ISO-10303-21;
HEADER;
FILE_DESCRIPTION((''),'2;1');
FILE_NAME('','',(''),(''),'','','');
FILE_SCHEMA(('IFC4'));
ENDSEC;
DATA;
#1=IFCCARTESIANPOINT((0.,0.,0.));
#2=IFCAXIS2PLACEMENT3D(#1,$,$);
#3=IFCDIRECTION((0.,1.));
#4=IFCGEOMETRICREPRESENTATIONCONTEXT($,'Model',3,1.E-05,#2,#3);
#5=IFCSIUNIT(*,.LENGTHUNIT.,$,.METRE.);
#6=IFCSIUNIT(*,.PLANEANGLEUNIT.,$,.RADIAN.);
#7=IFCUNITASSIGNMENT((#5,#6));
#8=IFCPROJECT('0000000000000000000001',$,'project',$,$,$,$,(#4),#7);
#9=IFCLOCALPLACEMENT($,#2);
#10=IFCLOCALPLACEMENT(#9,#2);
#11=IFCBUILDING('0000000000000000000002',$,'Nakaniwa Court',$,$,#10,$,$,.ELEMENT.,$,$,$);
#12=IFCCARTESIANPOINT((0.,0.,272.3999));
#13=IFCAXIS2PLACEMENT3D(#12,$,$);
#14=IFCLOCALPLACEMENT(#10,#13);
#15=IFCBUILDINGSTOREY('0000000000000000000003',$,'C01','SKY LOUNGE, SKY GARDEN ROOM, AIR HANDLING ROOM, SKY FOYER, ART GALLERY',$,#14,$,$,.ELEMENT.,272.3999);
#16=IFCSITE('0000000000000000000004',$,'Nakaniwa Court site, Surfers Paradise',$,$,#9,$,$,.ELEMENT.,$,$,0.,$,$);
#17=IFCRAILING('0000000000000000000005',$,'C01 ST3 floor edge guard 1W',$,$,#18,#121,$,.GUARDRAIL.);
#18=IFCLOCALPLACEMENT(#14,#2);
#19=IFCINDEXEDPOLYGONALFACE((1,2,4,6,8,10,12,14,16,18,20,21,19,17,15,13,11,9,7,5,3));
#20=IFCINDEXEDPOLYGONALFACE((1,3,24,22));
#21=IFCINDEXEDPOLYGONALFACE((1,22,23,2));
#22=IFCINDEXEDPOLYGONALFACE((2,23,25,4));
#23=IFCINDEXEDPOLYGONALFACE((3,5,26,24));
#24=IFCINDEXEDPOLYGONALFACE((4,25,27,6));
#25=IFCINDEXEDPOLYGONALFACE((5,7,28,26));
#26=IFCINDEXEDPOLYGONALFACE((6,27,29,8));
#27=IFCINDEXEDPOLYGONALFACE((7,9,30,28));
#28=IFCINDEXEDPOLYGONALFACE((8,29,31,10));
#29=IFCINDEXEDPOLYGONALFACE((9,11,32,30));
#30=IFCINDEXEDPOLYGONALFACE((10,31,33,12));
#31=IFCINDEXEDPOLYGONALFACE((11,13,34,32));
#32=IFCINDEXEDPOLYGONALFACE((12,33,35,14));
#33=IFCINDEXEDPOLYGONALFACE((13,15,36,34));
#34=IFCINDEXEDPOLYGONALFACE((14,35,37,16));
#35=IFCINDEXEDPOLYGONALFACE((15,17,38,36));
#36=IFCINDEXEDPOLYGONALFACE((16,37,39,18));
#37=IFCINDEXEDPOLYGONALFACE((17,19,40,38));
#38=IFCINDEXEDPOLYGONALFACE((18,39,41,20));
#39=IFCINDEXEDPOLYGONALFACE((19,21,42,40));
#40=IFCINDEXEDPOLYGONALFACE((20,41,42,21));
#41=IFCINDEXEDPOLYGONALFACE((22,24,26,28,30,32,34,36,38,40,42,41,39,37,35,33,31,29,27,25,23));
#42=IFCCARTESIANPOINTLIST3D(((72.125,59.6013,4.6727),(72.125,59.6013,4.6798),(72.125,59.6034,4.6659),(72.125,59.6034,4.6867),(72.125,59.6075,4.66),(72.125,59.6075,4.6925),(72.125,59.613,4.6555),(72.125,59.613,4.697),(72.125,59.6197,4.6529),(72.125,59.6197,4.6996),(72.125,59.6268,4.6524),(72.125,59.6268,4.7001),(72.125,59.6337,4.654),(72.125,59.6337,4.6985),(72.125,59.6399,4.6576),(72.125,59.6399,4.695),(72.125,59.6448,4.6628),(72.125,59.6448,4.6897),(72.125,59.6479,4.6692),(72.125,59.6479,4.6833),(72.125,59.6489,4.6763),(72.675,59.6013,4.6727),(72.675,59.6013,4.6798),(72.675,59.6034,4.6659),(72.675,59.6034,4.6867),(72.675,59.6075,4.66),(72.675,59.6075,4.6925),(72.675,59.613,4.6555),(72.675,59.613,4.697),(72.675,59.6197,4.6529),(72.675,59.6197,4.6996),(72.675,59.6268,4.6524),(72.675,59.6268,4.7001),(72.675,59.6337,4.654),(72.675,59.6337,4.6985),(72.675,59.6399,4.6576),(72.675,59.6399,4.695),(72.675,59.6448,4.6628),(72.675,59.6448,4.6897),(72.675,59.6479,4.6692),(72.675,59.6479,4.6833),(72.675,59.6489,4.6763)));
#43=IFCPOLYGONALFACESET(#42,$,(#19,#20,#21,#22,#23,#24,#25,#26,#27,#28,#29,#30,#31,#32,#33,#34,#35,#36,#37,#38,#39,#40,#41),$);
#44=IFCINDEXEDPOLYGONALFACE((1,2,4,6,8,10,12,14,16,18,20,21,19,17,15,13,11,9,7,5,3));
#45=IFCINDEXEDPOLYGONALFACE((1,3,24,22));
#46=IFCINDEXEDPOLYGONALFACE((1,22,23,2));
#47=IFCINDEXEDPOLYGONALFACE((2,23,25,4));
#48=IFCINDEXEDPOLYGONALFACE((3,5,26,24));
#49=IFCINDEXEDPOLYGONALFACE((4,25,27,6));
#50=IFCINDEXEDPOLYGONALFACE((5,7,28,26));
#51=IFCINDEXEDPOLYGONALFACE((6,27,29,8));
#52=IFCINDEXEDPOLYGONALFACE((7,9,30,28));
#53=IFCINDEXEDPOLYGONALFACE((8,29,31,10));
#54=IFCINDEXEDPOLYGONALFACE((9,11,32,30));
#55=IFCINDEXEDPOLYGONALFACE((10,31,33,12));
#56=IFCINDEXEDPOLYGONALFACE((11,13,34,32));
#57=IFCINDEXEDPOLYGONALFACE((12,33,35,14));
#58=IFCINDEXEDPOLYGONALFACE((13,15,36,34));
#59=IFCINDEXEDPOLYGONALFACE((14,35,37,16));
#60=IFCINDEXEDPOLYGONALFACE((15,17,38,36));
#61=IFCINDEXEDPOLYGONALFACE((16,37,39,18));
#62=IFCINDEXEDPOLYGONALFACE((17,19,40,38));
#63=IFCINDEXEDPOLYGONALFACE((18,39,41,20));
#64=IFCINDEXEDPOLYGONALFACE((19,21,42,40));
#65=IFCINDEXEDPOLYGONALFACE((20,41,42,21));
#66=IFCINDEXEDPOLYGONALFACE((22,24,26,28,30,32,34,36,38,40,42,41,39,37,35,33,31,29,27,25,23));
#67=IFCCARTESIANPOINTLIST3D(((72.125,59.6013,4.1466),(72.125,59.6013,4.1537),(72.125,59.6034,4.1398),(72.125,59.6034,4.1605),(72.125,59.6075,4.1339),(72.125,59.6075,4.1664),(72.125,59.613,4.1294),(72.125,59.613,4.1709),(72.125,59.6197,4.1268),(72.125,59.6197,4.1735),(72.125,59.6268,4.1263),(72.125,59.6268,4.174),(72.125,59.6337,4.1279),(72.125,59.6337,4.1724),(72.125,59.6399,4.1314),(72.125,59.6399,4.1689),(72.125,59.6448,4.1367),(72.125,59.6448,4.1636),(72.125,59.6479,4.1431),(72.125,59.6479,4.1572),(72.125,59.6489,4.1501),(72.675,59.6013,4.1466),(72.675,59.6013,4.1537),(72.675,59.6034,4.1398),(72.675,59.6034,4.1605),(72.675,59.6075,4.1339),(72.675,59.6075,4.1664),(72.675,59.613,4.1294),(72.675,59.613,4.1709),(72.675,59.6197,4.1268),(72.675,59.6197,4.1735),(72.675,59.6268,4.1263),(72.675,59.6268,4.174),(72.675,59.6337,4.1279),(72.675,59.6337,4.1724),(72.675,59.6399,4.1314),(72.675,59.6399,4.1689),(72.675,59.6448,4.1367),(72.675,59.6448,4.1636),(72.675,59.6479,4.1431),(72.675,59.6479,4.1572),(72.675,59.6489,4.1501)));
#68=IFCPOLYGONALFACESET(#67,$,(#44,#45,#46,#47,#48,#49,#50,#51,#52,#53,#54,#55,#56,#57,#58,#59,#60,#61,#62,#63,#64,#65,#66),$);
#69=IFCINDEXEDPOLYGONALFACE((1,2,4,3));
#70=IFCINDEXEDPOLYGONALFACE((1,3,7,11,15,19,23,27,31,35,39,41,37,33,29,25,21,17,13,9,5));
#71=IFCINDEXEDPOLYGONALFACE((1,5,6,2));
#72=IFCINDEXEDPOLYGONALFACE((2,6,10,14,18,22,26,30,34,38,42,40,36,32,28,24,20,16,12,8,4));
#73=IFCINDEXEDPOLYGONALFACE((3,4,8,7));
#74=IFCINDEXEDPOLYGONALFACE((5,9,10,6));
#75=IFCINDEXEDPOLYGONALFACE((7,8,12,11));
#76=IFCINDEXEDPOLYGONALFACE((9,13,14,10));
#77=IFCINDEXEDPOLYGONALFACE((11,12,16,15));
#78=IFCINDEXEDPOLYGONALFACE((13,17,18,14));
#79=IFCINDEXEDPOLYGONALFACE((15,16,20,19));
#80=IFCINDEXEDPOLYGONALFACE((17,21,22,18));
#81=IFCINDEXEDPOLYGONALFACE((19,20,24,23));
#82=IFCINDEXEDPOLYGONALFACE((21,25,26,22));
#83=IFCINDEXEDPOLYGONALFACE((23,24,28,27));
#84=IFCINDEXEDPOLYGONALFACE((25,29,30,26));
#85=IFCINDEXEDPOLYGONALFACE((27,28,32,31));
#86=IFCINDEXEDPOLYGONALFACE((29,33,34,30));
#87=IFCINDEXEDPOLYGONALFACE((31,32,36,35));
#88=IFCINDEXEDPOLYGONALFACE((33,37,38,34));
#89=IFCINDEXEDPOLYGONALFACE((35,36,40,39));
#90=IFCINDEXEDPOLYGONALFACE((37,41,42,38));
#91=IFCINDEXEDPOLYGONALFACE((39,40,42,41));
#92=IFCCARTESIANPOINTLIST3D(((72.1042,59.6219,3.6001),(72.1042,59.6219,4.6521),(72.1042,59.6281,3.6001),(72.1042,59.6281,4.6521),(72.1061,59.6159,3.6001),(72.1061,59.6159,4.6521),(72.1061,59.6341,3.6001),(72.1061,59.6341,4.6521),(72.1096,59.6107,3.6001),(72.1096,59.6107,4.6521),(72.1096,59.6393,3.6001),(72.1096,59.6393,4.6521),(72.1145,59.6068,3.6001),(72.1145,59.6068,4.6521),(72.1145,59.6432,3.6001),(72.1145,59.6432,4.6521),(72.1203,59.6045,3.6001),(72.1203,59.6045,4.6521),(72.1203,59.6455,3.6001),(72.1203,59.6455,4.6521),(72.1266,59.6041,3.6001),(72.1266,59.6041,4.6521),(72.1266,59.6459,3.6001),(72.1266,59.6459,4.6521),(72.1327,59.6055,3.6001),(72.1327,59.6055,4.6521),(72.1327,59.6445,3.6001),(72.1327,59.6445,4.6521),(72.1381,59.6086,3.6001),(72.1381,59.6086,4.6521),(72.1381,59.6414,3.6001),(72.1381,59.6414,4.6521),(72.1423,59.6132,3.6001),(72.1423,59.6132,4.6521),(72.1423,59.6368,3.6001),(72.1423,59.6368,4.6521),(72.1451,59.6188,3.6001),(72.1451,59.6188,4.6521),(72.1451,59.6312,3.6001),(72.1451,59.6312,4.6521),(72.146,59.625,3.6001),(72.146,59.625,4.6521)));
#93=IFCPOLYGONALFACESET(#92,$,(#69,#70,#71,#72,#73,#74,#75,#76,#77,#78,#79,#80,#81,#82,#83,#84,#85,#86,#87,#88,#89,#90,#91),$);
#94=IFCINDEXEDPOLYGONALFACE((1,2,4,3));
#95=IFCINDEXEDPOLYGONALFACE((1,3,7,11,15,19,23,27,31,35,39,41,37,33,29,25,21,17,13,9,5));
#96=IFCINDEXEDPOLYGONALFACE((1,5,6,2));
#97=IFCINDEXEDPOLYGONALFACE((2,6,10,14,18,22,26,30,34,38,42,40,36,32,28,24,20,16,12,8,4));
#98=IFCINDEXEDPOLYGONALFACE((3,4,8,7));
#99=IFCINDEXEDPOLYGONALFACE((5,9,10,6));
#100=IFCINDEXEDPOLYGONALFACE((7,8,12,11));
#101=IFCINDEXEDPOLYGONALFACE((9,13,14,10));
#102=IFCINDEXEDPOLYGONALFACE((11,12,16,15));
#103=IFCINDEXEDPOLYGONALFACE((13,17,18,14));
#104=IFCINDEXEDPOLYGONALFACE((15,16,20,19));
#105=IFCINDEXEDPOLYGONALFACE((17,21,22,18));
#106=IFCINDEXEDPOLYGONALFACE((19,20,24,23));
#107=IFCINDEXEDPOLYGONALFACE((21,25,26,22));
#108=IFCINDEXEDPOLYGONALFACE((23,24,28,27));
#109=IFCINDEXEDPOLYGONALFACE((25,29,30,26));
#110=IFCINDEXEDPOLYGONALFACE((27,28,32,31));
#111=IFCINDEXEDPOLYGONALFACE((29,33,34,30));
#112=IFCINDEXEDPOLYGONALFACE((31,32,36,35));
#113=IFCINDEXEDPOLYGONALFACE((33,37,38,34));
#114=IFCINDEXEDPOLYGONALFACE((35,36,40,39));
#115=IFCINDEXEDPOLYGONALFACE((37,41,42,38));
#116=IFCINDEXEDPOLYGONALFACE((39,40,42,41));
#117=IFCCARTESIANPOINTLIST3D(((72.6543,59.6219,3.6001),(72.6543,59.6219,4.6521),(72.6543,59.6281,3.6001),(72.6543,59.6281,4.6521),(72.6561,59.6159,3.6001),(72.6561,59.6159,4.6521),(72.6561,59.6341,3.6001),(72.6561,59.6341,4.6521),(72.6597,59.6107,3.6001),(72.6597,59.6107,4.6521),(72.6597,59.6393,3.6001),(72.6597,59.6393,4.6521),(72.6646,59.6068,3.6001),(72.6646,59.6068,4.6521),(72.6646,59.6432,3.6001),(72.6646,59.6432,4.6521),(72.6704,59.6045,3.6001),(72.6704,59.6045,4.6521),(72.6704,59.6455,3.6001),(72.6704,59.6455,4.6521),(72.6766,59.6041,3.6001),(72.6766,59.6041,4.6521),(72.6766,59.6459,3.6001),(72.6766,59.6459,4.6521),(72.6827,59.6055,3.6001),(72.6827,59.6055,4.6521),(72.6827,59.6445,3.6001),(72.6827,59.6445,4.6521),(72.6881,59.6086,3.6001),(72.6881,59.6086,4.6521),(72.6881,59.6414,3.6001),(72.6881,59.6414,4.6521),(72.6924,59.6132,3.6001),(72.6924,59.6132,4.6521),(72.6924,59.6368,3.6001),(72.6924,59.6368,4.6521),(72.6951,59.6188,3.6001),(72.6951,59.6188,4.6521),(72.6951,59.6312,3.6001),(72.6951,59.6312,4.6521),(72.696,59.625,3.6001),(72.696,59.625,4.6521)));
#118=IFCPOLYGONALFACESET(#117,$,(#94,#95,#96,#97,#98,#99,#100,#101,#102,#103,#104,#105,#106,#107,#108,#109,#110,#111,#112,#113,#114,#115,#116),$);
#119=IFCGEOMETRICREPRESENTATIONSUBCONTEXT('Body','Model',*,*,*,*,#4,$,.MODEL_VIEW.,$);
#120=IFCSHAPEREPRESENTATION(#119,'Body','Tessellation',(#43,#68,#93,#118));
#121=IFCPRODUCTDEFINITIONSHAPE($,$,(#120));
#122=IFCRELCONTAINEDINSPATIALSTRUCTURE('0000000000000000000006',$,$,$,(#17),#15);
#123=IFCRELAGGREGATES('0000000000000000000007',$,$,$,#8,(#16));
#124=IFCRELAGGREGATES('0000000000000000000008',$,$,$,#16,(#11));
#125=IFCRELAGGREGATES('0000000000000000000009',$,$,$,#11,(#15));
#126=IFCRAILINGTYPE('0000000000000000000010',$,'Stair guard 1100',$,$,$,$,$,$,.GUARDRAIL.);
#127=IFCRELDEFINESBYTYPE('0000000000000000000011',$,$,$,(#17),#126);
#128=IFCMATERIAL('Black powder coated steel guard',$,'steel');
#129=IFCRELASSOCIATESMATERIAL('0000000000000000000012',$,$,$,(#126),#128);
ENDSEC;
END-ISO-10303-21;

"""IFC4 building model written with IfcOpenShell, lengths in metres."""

from ifc_helpers import new_model, si_unit, direction, frame, origin, origin_2d, place, context, subcontext, project, spatial, circle, extrude, material, type_object, element, save


model = new_model("IFC4")

# Units and contexts
model_context = context("Model", 3, precision=1e-05, world=origin(), true_north=direction((0.0, 1.0)))
body_context = subcontext(model_context, "Body", "Model", "MODEL_VIEW")
ifc_project = project(units=[si_unit("LENGTHUNIT", "METRE"), si_unit("PLANEANGLEUNIT", "RADIAN")], contexts=[model_context])

# Site, building, storey
site_placement = place(None, origin())
site = spatial("IfcSite", under=ifc_project, at=site_placement, Name="Nakaniwa Court site, Surfers Paradise", CompositionType="ELEMENT", RefElevation=0.0)
building_placement = place(site_placement, origin())
building = spatial("IfcBuilding", under=site, at=building_placement, Name="Nakaniwa Court", CompositionType="ELEMENT")
storey_placement = place(building_placement, frame((0.0, 0.0, 272.3999)))
storey = spatial("IfcBuildingStorey", under=building, at=storey_placement, Name="C01", Description="SKY LOUNGE, SKY GARDEN ROOM, AIR HANDLING ROOM, SKY FOYER, ART GALLERY", CompositionType="ELEMENT", Elevation=272.3999)

# Railing
ifc_material_1 = material(Name="Black powder coated steel guard", Category="steel")
railing_type_1 = type_object("IfcRailingType", Name="Stair guard 1100", PredefinedType="GUARDRAIL", material=ifc_material_1)
for number, where, name in (
    (1, (72.125, 59.625, 3.6001), "C01 ST3 floor edge guard 1W"),
):
    element("IfcRailing", number, at=place(storey_placement, frame(where)), inside=storey, type_object=railing_type_1, Name=name, PredefinedType="GUARDRAIL", context=body_context, shape_type="SweptSolid", body=[
        extrude(circle(Radius=0.0239, at=origin_2d()), frame((0.0, 0.0, 1.0762), z_axis=(1.0, 0.0, 0.0), x_axis=(0.0, 1.0, 0.0)), (0.0, 0.0, 1.0), 0.55),
        extrude(circle(Radius=0.0239, at=origin_2d()), frame((0.0, 0.0, 0.55), z_axis=(1.0, 0.0, 0.0), x_axis=(0.0, 1.0, 0.0)), (0.0, 0.0, 1.0), 0.55),
        extrude(circle(Radius=0.021, at=origin_2d()), origin(), (0.0, 0.0, 1.0), 1.052),
        extrude(circle(Radius=0.021, at=origin_2d()), frame((0.55, 0.0, 0.0)), (0.0, 0.0, 1.0), 1.052),
    ])

save(model, "model.ifc")
